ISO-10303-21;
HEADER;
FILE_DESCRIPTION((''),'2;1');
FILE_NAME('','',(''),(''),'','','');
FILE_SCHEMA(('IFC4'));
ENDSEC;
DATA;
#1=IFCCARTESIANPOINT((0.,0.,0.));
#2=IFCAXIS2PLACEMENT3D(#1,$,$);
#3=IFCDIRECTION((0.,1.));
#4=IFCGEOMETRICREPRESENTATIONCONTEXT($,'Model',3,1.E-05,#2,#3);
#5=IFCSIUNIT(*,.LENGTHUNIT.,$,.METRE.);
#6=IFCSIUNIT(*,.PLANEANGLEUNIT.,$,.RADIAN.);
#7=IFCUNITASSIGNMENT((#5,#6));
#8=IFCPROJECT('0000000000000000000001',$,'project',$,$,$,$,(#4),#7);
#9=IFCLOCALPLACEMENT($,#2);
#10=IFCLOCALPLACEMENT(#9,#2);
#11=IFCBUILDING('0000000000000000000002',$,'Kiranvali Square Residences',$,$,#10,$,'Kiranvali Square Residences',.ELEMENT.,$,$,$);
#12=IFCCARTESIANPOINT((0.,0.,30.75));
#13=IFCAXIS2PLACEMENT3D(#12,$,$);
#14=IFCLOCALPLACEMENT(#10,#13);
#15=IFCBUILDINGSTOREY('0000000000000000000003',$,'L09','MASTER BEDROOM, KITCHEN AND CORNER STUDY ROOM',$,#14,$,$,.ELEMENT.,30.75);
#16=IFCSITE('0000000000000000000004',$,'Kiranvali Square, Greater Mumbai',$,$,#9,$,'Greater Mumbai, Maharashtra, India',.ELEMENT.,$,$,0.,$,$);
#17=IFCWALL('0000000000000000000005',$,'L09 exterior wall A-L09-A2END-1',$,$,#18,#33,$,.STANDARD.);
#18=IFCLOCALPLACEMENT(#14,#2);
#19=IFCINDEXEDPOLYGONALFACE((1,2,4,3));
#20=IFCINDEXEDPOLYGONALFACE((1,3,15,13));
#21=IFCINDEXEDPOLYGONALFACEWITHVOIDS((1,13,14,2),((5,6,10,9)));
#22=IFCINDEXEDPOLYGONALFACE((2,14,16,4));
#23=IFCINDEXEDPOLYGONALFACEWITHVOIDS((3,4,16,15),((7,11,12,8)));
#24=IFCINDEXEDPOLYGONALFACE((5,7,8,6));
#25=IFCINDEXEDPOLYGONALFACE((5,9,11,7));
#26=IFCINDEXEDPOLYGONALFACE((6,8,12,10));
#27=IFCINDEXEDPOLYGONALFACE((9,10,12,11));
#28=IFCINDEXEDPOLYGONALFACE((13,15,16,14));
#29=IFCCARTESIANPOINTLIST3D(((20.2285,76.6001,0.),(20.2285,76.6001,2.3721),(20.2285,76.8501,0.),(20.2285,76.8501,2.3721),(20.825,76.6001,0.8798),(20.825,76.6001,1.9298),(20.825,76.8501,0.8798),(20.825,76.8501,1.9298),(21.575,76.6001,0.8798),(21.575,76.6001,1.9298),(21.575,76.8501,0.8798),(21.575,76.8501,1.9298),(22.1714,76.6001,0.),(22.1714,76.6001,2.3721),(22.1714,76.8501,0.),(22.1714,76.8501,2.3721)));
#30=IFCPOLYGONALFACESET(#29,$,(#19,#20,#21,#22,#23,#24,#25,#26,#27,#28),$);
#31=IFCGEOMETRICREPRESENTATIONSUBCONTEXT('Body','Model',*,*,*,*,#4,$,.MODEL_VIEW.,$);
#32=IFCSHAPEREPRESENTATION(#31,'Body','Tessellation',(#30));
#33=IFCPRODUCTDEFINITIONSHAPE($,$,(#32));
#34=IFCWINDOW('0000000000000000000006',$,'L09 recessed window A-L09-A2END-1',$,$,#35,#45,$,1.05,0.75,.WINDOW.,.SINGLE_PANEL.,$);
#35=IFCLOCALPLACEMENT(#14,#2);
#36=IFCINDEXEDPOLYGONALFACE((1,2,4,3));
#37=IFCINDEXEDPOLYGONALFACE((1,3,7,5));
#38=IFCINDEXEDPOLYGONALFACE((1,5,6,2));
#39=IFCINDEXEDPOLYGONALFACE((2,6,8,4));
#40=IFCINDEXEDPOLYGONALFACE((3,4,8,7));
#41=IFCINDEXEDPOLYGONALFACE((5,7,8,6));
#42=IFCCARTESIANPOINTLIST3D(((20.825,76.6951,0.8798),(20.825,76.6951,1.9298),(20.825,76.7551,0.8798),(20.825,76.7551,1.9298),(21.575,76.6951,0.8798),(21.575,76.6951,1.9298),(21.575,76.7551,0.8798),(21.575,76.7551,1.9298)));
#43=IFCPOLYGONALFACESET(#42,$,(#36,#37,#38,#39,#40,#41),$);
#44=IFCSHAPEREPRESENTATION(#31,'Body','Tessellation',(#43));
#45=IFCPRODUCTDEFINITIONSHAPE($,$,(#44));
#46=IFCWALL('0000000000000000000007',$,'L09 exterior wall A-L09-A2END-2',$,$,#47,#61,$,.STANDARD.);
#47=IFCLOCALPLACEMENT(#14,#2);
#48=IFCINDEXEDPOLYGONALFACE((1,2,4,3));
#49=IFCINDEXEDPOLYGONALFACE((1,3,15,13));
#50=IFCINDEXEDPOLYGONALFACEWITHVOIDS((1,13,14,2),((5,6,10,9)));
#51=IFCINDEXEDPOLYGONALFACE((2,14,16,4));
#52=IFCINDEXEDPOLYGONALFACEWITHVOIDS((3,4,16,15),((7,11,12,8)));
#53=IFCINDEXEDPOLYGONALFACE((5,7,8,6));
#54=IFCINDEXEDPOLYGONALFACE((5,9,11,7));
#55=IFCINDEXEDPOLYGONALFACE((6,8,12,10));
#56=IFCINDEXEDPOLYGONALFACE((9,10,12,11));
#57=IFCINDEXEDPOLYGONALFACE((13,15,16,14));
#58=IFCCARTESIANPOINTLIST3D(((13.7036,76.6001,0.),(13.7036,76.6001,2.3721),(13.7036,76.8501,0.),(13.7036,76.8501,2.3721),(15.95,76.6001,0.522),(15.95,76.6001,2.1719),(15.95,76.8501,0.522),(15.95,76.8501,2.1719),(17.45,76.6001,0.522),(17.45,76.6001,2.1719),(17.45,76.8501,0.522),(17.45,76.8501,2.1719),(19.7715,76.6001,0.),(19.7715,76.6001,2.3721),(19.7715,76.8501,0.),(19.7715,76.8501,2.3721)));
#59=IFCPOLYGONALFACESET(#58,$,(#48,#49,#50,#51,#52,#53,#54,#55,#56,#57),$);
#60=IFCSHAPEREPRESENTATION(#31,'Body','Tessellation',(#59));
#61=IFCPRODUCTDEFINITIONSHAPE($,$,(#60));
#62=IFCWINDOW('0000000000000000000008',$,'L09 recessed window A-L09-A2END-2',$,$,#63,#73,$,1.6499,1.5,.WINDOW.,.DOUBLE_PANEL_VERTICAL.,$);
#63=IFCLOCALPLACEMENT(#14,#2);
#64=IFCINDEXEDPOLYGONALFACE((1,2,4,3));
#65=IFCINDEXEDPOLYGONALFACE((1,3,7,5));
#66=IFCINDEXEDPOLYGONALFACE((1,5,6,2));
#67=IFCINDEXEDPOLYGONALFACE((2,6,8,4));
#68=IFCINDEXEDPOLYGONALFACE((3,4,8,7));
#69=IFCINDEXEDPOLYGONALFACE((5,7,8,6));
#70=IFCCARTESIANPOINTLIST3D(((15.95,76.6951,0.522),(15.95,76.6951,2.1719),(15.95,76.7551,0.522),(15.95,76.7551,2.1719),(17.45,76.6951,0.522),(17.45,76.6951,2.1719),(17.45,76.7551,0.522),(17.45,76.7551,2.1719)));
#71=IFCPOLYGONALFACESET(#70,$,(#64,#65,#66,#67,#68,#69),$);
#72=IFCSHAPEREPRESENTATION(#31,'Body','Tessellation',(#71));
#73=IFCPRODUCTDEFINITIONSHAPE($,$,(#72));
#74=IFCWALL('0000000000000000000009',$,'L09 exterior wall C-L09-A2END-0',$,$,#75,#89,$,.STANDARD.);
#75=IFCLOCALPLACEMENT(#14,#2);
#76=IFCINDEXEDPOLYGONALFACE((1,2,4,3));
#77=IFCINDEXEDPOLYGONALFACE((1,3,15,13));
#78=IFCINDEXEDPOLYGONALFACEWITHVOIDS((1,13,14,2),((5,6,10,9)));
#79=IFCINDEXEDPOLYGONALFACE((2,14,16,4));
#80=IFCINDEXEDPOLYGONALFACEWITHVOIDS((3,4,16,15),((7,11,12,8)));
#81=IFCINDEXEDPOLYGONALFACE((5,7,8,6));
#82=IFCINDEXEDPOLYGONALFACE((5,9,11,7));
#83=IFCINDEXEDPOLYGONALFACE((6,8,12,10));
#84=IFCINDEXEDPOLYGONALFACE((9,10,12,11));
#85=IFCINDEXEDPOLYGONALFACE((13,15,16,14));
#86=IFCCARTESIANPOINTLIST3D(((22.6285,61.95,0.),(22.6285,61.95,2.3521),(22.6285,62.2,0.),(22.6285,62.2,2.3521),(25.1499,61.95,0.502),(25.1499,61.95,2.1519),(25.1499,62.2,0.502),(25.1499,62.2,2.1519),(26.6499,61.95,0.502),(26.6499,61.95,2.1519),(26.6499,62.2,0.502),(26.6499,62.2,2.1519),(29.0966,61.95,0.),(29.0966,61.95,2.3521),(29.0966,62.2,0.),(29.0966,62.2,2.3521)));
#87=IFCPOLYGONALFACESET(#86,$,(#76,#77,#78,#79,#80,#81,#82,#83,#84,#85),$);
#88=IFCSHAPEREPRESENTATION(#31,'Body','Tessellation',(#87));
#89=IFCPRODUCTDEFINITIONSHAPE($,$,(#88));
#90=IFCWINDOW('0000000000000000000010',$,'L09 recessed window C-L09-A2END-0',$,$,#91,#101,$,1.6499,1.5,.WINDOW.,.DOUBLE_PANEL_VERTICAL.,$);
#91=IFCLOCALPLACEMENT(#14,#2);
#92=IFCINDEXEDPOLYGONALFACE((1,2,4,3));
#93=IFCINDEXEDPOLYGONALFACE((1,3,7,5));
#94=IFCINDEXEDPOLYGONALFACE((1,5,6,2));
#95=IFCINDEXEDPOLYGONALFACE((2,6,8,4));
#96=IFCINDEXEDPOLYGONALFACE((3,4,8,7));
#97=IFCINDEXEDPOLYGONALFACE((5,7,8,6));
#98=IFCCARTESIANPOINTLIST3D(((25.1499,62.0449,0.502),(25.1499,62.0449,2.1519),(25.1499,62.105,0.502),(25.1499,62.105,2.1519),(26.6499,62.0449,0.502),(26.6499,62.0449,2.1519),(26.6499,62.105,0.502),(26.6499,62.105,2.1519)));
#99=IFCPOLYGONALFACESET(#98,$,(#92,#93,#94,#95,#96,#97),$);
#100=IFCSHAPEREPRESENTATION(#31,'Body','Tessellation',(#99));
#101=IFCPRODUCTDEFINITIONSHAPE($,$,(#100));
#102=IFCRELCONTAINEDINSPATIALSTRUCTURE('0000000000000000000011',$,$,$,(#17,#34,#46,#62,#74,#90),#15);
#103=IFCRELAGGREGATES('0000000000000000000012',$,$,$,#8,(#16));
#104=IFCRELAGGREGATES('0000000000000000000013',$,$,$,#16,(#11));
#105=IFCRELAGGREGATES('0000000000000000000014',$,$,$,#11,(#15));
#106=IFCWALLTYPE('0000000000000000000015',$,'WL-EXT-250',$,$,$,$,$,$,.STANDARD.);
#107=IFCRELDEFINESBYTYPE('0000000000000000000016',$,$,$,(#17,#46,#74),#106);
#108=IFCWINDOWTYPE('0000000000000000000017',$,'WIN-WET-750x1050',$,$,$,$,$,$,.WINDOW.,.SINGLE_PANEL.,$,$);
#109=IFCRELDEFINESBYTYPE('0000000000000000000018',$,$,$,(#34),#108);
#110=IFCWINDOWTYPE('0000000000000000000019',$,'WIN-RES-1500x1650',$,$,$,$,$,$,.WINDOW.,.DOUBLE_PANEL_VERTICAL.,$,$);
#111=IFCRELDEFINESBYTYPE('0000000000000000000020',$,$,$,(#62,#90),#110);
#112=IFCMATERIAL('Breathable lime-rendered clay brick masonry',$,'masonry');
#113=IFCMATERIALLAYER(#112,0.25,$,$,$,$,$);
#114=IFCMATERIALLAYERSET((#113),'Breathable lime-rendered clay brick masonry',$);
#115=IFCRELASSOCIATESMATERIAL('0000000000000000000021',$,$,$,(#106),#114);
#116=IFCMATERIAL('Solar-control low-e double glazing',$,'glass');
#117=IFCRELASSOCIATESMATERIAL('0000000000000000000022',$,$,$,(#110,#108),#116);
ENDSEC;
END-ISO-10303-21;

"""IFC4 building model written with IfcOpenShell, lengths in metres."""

from ifc_helpers import new_model, si_unit, direction, frame, frame_2d, origin, place, context, subcontext, project, spatial, rectangle, extrude, material, layer, layer_set, type_object, element, fill, save


model = new_model("IFC4")

# Units and contexts
model_context = context("Model", 3, precision=1e-05, world=origin(), true_north=direction((0.0, 1.0)))
body_context = subcontext(model_context, "Body", "Model", "MODEL_VIEW")
ifc_project = project(units=[si_unit("LENGTHUNIT", "METRE"), si_unit("PLANEANGLEUNIT", "RADIAN")], contexts=[model_context])

# Site, building, storey
site_placement = place(None, origin())
site = spatial("IfcSite", under=ifc_project, at=site_placement, Name="Kiranvali Square, Greater Mumbai", LongName="Greater Mumbai, Maharashtra, India", CompositionType="ELEMENT", RefElevation=0.0)
building_placement = place(site_placement, origin())
building = spatial("IfcBuilding", under=site, at=building_placement, Name="Kiranvali Square Residences", LongName="Kiranvali Square Residences", CompositionType="ELEMENT")
storey_placement = place(building_placement, frame((0.0, 0.0, 30.75)))
storey = spatial("IfcBuildingStorey", under=building, at=storey_placement, Name="L09", Description="MASTER BEDROOM, KITCHEN AND CORNER STUDY ROOM", CompositionType="ELEMENT", Elevation=30.75)

# Walls, openings, windows
ifc_material_1 = material(Name="Breathable lime-rendered clay brick masonry", Category="masonry")
ifc_layer = layer(ifc_material_1, 0.25)
ifc_layer_set = layer_set([ifc_layer], Name="Breathable lime-rendered clay brick masonry")
wall_type = type_object("IfcWallType", Name="WL-EXT-250", PredefinedType="STANDARD", material=ifc_layer_set)
ifc_material_2 = material(Name="Solar-control low-e double glazing", Category="glass")
window_type_1 = type_object("IfcWindowType", Name="WIN-RES-1500x1650", PartitioningType="DOUBLE_PANEL_VERTICAL", PredefinedType="WINDOW", material=ifc_material_2)
wall_1_placement = place(storey_placement, frame((22.1714, 76.7251, 0.0), z_axis=(0.0, 0.0, 1.0), x_axis=(-1.0, 0.0, 0.0)))
wall_1 = element("IfcWall", 1, at=wall_1_placement, inside=storey, type_object=wall_type, Name="L09 exterior wall A-L09-A2END-1", PredefinedType="STANDARD", context=body_context, shape_type="SweptSolid", body=[
    extrude(rectangle(XDim=1.9429, YDim=0.25, at=frame_2d((0.9714, 0.0))), origin(), (0.0, 0.0, 1.0), 2.3721),
])
opening_1_placement = place(wall_1_placement, frame((0.5964, 0.0, 0.8799)))
opening_1 = element("IfcOpeningElement", 2, at=opening_1_placement, cuts=wall_1, PredefinedType="OPENING", context=body_context, shape_type="SweptSolid", body=[
    extrude(rectangle(XDim=0.75, YDim=1.05, at=frame_2d((0.375, 0.5249))), frame((0.0, 0.135, 0.0), z_axis=(0.0, -1.0, 0.0), x_axis=(1.0, 0.0, 0.0)), (0.0, 0.0, 1.0), 0.27),
])
window_type_2 = type_object("IfcWindowType", Name="WIN-WET-750x1050", PartitioningType="SINGLE_PANEL", PredefinedType="WINDOW", material=ifc_material_2)
window_1_placement = place(opening_1_placement, origin())
window_1 = element("IfcWindow", 3, at=window_1_placement, inside=storey, type_object=window_type_2, Name="L09 recessed window A-L09-A2END-1", OverallHeight=1.05, OverallWidth=0.75, PartitioningType="SINGLE_PANEL", PredefinedType="WINDOW", context=body_context, shape_type="SweptSolid", body=[
    extrude(rectangle(XDim=0.75, YDim=1.05, at=frame_2d((0.375, 0.5249))), frame((0.0, 0.03, 0.0), z_axis=(0.0, -1.0, 0.0), x_axis=(1.0, 0.0, 0.0)), (0.0, 0.0, 1.0), 0.0601),
])
fill(opening_1, window_1)
wall_2_placement = place(storey_placement, frame((19.7715, 76.7251, 0.0), z_axis=(0.0, 0.0, 1.0), x_axis=(-1.0, 0.0, 0.0)))
wall_2 = element("IfcWall", 4, at=wall_2_placement, inside=storey, type_object=wall_type, Name="L09 exterior wall A-L09-A2END-2", PredefinedType="STANDARD", context=body_context, shape_type="SweptSolid", body=[
    extrude(rectangle(XDim=6.0679, YDim=0.25, at=frame_2d((3.0339, 0.0))), origin(), (0.0, 0.0, 1.0), 2.3721),
])
opening_2_placement = place(wall_2_placement, frame((2.3215, 0.0, 0.522)))
opening_2 = element("IfcOpeningElement", 5, at=opening_2_placement, cuts=wall_2, PredefinedType="OPENING", context=body_context, shape_type="SweptSolid", body=[
    extrude(rectangle(XDim=1.5, YDim=1.6499, at=frame_2d((0.75, 0.825))), frame((0.0, 0.135, 0.0), z_axis=(0.0, -1.0, 0.0), x_axis=(1.0, 0.0, 0.0)), (0.0, 0.0, 1.0), 0.27),
])
window_2_placement = place(opening_2_placement, origin())
window_2 = element("IfcWindow", 6, at=window_2_placement, inside=storey, type_object=window_type_1, Name="L09 recessed window A-L09-A2END-2", OverallHeight=1.6499, OverallWidth=1.5, PartitioningType="DOUBLE_PANEL_VERTICAL", PredefinedType="WINDOW", context=body_context, shape_type="SweptSolid", body=[
    extrude(rectangle(XDim=1.5, YDim=1.6499, at=frame_2d((0.75, 0.825))), frame((0.0, 0.03, 0.0), z_axis=(0.0, -1.0, 0.0), x_axis=(1.0, 0.0, 0.0)), (0.0, 0.0, 1.0), 0.0601),
])
fill(opening_2, window_2)
wall_3_placement = place(storey_placement, frame((29.0964, 62.075, 0.0), z_axis=(0.0, 0.0, 1.0), x_axis=(-1.0, 0.0, 0.0)))
wall_3 = element("IfcWall", 7, at=wall_3_placement, inside=storey, type_object=wall_type, Name="L09 exterior wall C-L09-A2END-0", PredefinedType="STANDARD", context=body_context, shape_type="SweptSolid", body=[
    extrude(rectangle(XDim=6.468, YDim=0.25, at=frame_2d((3.2339, 0.0))), origin(), (0.0, 0.0, 1.0), 2.3521),
])
opening_3_placement = place(wall_3_placement, frame((2.4465, 0.0, 0.502)))
opening_3 = element("IfcOpeningElement", 8, at=opening_3_placement, cuts=wall_3, PredefinedType="OPENING", context=body_context, shape_type="SweptSolid", body=[
    extrude(rectangle(XDim=1.5, YDim=1.6499, at=frame_2d((0.75, 0.825))), frame((0.0, 0.135, 0.0), z_axis=(0.0, -1.0, 0.0), x_axis=(1.0, 0.0, 0.0)), (0.0, 0.0, 1.0), 0.27),
])
window_3_placement = place(opening_3_placement, origin())
window_3 = element("IfcWindow", 9, at=window_3_placement, inside=storey, type_object=window_type_1, Name="L09 recessed window C-L09-A2END-0", OverallHeight=1.6499, OverallWidth=1.5, PartitioningType="DOUBLE_PANEL_VERTICAL", PredefinedType="WINDOW", context=body_context, shape_type="SweptSolid", body=[
    extrude(rectangle(XDim=1.5, YDim=1.6499, at=frame_2d((0.75, 0.825))), frame((0.0, 0.03, 0.0), z_axis=(0.0, -1.0, 0.0), x_axis=(1.0, 0.0, 0.0)), (0.0, 0.0, 1.0), 0.0601),
])
fill(opening_3, window_3)

save(model, "model.ifc")
